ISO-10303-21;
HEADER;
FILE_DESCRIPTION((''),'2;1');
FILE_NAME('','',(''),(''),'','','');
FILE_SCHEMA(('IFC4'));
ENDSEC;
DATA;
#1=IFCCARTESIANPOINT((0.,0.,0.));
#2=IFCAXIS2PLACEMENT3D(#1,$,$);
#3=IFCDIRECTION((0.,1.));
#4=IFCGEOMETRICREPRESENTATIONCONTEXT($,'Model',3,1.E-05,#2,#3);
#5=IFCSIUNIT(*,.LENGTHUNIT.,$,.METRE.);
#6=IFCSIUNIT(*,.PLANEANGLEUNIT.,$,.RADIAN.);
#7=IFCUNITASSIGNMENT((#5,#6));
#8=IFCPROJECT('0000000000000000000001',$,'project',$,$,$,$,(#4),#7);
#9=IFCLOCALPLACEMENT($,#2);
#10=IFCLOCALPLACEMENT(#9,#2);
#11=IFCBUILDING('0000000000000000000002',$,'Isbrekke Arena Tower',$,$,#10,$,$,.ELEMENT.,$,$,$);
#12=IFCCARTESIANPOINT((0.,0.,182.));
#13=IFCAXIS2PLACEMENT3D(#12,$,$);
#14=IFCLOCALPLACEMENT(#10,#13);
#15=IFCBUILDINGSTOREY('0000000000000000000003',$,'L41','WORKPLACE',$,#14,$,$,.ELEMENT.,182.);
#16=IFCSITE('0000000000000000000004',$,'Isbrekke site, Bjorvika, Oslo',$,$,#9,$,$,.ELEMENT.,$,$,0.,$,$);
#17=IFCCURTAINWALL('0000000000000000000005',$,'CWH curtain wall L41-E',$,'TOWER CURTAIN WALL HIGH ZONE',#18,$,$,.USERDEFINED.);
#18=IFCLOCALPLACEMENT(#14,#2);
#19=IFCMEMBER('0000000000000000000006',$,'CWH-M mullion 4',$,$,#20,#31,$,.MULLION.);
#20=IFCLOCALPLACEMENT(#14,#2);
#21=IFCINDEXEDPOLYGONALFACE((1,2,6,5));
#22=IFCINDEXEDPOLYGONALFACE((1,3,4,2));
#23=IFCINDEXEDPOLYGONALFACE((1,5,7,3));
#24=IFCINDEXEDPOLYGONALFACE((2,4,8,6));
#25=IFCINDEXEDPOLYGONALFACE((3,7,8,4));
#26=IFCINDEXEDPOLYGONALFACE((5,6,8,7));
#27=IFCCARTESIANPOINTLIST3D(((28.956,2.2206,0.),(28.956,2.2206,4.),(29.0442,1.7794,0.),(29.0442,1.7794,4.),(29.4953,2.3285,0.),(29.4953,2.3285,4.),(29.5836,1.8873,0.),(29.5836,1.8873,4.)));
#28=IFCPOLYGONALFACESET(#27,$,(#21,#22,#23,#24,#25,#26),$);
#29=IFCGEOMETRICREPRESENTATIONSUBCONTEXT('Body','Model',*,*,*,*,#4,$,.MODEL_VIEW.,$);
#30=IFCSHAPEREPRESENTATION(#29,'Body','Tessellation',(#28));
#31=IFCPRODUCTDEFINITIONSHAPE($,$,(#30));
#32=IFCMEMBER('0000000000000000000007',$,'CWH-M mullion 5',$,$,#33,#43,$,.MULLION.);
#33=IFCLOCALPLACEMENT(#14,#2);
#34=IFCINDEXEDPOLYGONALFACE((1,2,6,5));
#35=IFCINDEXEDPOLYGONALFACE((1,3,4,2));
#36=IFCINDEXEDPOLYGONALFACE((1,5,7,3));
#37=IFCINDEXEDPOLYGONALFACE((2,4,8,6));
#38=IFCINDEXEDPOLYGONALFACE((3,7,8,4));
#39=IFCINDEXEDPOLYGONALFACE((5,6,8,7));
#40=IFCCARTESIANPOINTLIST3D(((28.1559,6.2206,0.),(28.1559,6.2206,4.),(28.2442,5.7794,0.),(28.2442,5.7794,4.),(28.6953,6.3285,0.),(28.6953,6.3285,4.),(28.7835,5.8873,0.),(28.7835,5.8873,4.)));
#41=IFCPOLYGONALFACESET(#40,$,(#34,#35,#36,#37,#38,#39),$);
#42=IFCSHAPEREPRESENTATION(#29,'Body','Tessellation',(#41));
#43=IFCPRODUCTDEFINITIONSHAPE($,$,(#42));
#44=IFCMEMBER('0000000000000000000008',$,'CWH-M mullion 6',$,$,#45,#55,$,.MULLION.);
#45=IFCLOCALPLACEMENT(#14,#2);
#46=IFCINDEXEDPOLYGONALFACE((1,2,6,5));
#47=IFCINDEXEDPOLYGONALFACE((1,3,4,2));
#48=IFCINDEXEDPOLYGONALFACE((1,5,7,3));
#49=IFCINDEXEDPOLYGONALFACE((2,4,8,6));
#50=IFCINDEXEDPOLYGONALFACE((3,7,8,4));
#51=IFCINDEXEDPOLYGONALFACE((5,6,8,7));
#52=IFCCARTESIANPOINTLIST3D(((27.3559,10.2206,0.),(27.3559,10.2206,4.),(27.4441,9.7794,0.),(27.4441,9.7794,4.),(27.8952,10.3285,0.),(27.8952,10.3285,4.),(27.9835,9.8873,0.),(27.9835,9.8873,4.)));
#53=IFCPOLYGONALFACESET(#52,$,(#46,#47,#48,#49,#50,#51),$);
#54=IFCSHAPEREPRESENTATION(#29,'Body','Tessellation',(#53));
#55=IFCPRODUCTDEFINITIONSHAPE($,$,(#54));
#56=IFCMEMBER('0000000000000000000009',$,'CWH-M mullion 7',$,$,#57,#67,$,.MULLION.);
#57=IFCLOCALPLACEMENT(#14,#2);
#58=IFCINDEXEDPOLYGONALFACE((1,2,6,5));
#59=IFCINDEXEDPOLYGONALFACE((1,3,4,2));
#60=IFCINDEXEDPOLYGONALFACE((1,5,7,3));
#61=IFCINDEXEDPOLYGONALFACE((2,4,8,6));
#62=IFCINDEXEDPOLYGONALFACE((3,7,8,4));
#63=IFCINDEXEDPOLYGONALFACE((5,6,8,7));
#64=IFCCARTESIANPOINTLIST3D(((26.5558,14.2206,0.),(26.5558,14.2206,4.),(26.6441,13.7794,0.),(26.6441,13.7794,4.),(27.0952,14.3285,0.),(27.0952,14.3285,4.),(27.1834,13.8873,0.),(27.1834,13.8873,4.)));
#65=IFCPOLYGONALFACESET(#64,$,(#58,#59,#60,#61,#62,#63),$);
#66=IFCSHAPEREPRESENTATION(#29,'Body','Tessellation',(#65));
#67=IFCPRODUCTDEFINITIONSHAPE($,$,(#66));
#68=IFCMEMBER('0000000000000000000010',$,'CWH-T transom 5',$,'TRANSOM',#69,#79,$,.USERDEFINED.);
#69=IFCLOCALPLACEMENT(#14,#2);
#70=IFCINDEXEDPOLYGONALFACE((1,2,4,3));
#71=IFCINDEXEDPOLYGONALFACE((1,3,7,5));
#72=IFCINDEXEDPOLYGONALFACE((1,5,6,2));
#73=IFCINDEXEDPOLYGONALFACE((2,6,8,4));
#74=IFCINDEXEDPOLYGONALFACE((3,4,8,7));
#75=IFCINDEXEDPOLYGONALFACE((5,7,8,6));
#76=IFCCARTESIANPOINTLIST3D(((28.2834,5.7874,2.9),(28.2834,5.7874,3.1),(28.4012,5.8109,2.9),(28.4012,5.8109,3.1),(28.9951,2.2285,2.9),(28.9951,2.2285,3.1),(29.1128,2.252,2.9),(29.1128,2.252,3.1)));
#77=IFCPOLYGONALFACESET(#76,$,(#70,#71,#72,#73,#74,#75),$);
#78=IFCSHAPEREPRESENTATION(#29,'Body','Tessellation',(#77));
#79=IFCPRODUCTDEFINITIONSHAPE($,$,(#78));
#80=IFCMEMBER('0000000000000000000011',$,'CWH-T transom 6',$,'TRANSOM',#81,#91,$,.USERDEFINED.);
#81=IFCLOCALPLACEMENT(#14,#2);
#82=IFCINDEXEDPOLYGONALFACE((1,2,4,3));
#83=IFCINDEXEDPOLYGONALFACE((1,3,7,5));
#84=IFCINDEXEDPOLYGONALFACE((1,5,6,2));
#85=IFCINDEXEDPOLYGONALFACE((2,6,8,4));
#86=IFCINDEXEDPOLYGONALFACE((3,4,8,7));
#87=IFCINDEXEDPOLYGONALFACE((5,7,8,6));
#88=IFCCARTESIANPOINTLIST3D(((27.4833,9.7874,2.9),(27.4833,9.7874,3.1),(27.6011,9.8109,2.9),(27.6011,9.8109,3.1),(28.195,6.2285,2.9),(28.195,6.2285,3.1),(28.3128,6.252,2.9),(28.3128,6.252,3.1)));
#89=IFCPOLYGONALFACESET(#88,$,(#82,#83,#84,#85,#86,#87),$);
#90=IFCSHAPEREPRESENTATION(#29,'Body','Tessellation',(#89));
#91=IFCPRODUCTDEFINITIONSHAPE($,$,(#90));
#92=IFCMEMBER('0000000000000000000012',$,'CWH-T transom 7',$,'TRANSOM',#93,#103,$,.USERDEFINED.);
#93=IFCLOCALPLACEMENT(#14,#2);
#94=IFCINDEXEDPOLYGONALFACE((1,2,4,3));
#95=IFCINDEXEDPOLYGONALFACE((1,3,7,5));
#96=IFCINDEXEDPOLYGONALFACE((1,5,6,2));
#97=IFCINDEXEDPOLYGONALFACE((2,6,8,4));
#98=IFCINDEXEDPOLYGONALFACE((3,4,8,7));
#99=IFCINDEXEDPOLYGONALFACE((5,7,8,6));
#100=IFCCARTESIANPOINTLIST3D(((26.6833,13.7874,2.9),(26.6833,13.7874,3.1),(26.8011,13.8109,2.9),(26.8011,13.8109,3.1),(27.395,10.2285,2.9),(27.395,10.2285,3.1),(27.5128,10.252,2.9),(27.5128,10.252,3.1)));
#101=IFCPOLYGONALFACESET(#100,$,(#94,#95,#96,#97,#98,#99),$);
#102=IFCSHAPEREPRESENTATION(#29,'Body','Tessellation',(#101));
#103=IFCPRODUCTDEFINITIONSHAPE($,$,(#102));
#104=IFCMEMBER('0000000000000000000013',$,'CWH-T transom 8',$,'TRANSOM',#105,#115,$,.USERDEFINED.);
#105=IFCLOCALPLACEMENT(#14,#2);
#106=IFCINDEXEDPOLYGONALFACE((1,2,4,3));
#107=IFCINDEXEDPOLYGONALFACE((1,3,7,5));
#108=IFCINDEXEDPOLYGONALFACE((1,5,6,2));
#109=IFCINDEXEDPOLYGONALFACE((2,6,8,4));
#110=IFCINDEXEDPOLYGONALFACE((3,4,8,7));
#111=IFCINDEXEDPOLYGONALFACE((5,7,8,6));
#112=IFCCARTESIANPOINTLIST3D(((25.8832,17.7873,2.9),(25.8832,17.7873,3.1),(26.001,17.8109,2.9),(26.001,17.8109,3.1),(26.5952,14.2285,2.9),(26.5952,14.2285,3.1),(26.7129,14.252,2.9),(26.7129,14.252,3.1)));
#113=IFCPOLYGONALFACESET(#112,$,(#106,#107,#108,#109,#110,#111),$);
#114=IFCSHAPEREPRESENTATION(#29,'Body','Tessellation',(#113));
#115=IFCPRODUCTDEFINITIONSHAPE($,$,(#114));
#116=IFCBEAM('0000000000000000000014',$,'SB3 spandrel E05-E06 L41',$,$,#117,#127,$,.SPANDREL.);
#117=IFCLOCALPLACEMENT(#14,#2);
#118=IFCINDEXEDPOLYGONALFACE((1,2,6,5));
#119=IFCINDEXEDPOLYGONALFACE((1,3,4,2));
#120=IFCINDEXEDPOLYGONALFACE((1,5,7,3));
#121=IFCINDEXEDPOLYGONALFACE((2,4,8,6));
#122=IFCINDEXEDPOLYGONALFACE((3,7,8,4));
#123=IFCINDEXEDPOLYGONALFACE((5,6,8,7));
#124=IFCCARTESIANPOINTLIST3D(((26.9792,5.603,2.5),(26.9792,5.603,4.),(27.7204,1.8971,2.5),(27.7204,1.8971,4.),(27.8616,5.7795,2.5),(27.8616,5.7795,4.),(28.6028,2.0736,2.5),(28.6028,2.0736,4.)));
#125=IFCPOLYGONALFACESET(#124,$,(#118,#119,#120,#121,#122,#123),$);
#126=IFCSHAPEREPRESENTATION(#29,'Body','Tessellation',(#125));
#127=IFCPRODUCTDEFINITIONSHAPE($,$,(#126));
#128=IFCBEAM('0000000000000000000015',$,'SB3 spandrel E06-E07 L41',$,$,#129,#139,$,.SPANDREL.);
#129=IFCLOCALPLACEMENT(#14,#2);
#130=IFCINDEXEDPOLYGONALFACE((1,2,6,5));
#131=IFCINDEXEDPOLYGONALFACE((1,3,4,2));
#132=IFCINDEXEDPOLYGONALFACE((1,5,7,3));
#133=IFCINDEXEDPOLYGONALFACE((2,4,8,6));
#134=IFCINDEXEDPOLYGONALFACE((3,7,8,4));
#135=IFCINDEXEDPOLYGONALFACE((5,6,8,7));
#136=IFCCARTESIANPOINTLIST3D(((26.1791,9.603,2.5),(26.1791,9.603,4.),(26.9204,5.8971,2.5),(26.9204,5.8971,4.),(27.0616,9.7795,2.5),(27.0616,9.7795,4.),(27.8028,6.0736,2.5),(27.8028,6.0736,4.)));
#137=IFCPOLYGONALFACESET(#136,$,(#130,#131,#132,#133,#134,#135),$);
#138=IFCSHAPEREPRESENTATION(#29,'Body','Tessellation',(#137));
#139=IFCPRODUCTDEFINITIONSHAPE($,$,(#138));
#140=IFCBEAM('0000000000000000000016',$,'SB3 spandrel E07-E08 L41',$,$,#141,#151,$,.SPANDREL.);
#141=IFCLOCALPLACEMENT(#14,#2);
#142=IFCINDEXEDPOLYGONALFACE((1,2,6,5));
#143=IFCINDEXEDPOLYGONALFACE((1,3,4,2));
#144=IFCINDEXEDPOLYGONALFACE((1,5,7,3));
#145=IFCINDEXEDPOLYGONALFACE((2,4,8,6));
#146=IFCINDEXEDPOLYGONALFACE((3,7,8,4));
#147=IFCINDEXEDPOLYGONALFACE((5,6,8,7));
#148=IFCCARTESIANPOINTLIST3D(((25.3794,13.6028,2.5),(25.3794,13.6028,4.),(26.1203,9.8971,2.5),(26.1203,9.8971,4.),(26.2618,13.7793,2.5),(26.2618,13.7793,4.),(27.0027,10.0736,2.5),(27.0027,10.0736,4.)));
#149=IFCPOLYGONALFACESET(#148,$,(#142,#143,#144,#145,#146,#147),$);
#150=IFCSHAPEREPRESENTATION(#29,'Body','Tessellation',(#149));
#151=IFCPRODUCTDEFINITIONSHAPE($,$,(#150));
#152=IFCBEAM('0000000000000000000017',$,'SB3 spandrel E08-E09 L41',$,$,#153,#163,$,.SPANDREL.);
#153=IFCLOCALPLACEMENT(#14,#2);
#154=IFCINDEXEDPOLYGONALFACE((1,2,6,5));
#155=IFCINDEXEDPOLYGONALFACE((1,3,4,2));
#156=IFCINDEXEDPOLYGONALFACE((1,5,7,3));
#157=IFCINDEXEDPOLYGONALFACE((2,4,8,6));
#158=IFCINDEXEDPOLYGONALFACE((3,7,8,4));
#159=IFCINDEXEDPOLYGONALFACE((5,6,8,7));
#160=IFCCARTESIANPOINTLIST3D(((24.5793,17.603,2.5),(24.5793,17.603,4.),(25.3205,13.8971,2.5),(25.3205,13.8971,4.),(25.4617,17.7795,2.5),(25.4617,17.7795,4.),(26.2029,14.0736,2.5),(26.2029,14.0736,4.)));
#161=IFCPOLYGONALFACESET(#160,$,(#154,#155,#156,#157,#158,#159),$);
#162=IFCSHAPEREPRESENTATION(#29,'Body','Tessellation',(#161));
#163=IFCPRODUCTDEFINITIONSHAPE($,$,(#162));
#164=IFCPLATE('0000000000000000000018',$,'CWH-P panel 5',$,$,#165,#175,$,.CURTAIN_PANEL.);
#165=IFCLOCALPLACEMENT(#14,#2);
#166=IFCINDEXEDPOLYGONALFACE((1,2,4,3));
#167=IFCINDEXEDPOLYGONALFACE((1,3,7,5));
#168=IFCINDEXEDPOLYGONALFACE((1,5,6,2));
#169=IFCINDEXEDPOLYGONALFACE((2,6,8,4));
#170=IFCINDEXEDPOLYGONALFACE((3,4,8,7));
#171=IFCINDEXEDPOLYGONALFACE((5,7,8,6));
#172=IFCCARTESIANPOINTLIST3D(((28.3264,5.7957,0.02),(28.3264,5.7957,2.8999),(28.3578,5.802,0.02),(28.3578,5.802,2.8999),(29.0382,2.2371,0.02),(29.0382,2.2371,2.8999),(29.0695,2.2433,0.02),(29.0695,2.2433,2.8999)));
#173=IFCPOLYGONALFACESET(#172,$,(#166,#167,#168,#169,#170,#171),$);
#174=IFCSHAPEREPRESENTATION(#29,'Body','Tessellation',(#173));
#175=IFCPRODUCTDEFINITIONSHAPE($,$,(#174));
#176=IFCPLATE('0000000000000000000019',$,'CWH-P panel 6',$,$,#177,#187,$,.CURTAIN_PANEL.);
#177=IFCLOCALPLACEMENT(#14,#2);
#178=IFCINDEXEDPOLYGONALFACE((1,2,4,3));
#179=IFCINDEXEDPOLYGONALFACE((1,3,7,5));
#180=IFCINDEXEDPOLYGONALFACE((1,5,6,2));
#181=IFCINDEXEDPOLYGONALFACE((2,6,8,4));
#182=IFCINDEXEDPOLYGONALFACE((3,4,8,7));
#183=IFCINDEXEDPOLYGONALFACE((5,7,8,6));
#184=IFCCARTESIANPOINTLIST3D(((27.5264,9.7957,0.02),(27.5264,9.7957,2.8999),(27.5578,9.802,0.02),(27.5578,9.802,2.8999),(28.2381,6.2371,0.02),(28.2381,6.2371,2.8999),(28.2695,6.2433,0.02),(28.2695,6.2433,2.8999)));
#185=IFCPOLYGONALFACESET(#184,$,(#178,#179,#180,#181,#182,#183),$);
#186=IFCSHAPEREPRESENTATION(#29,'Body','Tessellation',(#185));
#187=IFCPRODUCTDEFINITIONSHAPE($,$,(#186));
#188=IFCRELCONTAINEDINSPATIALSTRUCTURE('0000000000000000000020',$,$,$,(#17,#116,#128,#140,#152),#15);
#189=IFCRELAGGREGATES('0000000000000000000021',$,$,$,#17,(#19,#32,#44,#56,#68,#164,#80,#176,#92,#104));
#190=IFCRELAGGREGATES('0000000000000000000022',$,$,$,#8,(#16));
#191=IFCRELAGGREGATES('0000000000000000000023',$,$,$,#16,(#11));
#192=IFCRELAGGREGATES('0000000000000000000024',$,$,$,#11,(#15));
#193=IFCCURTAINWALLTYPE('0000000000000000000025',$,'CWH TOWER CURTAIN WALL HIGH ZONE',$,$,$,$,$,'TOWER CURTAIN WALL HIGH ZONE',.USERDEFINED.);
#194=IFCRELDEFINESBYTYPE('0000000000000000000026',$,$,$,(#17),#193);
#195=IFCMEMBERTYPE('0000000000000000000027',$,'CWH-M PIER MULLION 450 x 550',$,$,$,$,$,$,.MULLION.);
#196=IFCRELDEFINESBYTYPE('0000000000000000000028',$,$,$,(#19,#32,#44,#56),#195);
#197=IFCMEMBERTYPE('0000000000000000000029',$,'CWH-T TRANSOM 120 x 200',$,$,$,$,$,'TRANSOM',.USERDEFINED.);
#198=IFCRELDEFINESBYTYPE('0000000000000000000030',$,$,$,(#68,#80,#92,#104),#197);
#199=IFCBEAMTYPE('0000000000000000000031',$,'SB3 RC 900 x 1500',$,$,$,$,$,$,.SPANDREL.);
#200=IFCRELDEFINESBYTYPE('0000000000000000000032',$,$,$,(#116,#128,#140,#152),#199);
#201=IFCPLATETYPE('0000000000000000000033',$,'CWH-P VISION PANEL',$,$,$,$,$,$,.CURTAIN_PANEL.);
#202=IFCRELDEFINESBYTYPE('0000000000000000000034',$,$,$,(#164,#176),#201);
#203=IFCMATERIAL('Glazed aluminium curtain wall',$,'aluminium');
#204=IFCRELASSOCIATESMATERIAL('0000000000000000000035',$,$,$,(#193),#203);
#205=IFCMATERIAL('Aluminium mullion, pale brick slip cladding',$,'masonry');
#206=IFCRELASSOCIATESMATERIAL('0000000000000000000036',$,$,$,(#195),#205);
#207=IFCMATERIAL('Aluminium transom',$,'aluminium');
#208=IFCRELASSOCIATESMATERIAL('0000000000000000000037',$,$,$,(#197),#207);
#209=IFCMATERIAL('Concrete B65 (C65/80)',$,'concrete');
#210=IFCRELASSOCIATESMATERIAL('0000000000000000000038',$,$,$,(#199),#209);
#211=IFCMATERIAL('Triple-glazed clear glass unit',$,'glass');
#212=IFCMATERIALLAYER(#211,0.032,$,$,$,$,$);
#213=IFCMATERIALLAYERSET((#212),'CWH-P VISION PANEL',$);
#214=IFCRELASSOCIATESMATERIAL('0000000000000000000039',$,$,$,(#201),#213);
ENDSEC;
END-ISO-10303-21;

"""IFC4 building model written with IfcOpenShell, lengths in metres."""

from ifc_helpers import new_model, si_unit, direction, frame, origin, origin_2d, place, context, subcontext, project, spatial, rectangle, extrude, material, layer, layer_set, material_profile, profile_set, type_object, element, aggregate, save


model = new_model("IFC4")

# Units and contexts
model_context = context("Model", 3, precision=1e-05, world=origin(), true_north=direction((0.0, 1.0)))
body_context = subcontext(model_context, "Body", "Model", "MODEL_VIEW")
ifc_project = project(units=[si_unit("LENGTHUNIT", "METRE"), si_unit("PLANEANGLEUNIT", "RADIAN")], contexts=[model_context])

# Site, building, storey
site_placement = place(None, origin())
site = spatial("IfcSite", under=ifc_project, at=site_placement, Name="Isbrekke site, Bjorvika, Oslo", CompositionType="ELEMENT", RefElevation=0.0)
building_placement = place(site_placement, origin())
building = spatial("IfcBuilding", under=site, at=building_placement, Name="Isbrekke Arena Tower", CompositionType="ELEMENT")
storey_placement = place(building_placement, frame((0.0, 0.0, 182.0)))
storey = spatial("IfcBuildingStorey", under=building, at=storey_placement, Name="L41", Description="WORKPLACE", CompositionType="ELEMENT", Elevation=182.0)

# Curtain wall, members
ifc_material_1 = material(Name="Glazed aluminium curtain wall", Category="aluminium")
curtain_wall_type = type_object("IfcCurtainWallType", Name="CWH TOWER CURTAIN WALL HIGH ZONE", ElementType="TOWER CURTAIN WALL HIGH ZONE", PredefinedType="USERDEFINED", material=ifc_material_1)
curtain_wall_placement = place(storey_placement, origin())
curtain_wall = element("IfcCurtainWall", 1, at=curtain_wall_placement, inside=storey, type_object=curtain_wall_type, Name="CWH curtain wall L41-E", ObjectType="TOWER CURTAIN WALL HIGH ZONE", PredefinedType="USERDEFINED")
ifc_material_2 = material(Name="Aluminium mullion, pale brick slip cladding", Category="masonry")
ifc_material_profile_1 = material_profile(ifc_material_2, rectangle(XDim=0.45, YDim=0.55, at=origin_2d()), Name="PIER 450X550")
ifc_profile_set_1 = profile_set([ifc_material_profile_1], Name="Aluminium mullion, pale brick slip cladding")
member_type_1 = type_object("IfcMemberType", Name="CWH-M PIER MULLION 450 x 550", PredefinedType="MULLION", material=ifc_profile_set_1)
member_1_placement = place(storey_placement, frame((29.2698, 2.054, 0.0), z_axis=(0.0, 0.0, 1.0), x_axis=(-0.196116, 0.980581, 0.0)))
member_1 = element("IfcMember", 2, at=member_1_placement, type_object=member_type_1, Name="CWH-M mullion 4", PredefinedType="MULLION", context=body_context, shape_type="SweptSolid", body=[
    extrude(rectangle(XDim=0.45, YDim=0.55, at=origin_2d()), origin(), (0.0, 0.0, 1.0), 4.0),
])
member_2_placement = place(storey_placement, frame((28.4697, 6.054, 0.0), z_axis=(0.0, 0.0, 1.0), x_axis=(-0.196116, 0.980581, 0.0)))
member_2 = element("IfcMember", 3, at=member_2_placement, type_object=member_type_1, Name="CWH-M mullion 5", PredefinedType="MULLION", context=body_context, shape_type="SweptSolid", body=[
    extrude(rectangle(XDim=0.45, YDim=0.55, at=origin_2d()), origin(), (0.0, 0.0, 1.0), 4.0),
])
member_3_placement = place(storey_placement, frame((27.6697, 10.054, 0.0), z_axis=(0.0, 0.0, 1.0), x_axis=(-0.196116, 0.980581, 0.0)))
member_3 = element("IfcMember", 4, at=member_3_placement, type_object=member_type_1, Name="CWH-M mullion 6", PredefinedType="MULLION", context=body_context, shape_type="SweptSolid", body=[
    extrude(rectangle(XDim=0.45, YDim=0.55, at=origin_2d()), origin(), (0.0, 0.0, 1.0), 4.0),
])
member_4_placement = place(storey_placement, frame((26.8696, 14.054, 0.0), z_axis=(0.0, 0.0, 1.0), x_axis=(-0.196116, 0.980581, 0.0)))
member_4 = element("IfcMember", 5, at=member_4_placement, type_object=member_type_1, Name="CWH-M mullion 7", PredefinedType="MULLION", context=body_context, shape_type="SweptSolid", body=[
    extrude(rectangle(XDim=0.45, YDim=0.55, at=origin_2d()), origin(), (0.0, 0.0, 1.0), 4.0),
])
ifc_material_3 = material(Name="Aluminium transom", Category="aluminium")
ifc_material_profile_2 = material_profile(ifc_material_3, rectangle(XDim=0.1201, YDim=0.2, at=origin_2d()), Name="TRANSOM 120X200")
ifc_profile_set_2 = profile_set([ifc_material_profile_2], Name="Aluminium transom")
member_type_2 = type_object("IfcMemberType", Name="CWH-T TRANSOM 120 x 200", ElementType="TRANSOM", PredefinedType="USERDEFINED", material=ifc_profile_set_2)
member_5_placement = place(storey_placement, frame((29.054, 2.2402, 3.0), z_axis=(-0.19609, 0.980586, 0.0), x_axis=(-0.980586, -0.19609, 0.0)))
member_5 = element("IfcMember", 6, at=member_5_placement, type_object=member_type_2, Name="CWH-T transom 5", ObjectType="TRANSOM", PredefinedType="USERDEFINED", context=body_context, shape_type="SweptSolid", body=[
    extrude(rectangle(XDim=0.1201, YDim=0.2, at=origin_2d()), origin(), (0.0, 0.0, 1.0), 3.6294),
])
member_6_placement = place(storey_placement, frame((28.2539, 6.2402, 3.0), z_axis=(-0.19609, 0.980586, 0.0), x_axis=(-0.980586, -0.19609, 0.0)))
member_6 = element("IfcMember", 7, at=member_6_placement, type_object=member_type_2, Name="CWH-T transom 6", ObjectType="TRANSOM", PredefinedType="USERDEFINED", context=body_context, shape_type="SweptSolid", body=[
    extrude(rectangle(XDim=0.1201, YDim=0.2, at=origin_2d()), origin(), (0.0, 0.0, 1.0), 3.6294),
])
member_7_placement = place(storey_placement, frame((27.4539, 10.2402, 3.0), z_axis=(-0.19609, 0.980586, 0.0), x_axis=(-0.980586, -0.19609, 0.0)))
member_7 = element("IfcMember", 8, at=member_7_placement, type_object=member_type_2, Name="CWH-T transom 7", ObjectType="TRANSOM", PredefinedType="USERDEFINED", context=body_context, shape_type="SweptSolid", body=[
    extrude(rectangle(XDim=0.1201, YDim=0.2, at=origin_2d()), origin(), (0.0, 0.0, 1.0), 3.6294),
])
member_8_placement = place(storey_placement, frame((26.6541, 14.2402, 3.0), z_axis=(-0.196155, 0.980573, 0.0), x_axis=(-0.980573, -0.196155, 0.0)))
member_8 = element("IfcMember", 9, at=member_8_placement, type_object=member_type_2, Name="CWH-T transom 8", ObjectType="TRANSOM", PredefinedType="USERDEFINED", context=body_context, shape_type="SweptSolid", body=[
    extrude(rectangle(XDim=0.1201, YDim=0.2, at=origin_2d()), origin(), (0.0, 0.0, 1.0), 3.6294),
])

# Beams
ifc_material_4 = material(Name="Concrete B65 (C65/80)", Category="concrete")
ifc_material_profile_3 = material_profile(ifc_material_4, rectangle(XDim=0.8999, YDim=1.5, at=origin_2d()), Name="RC 900x1500")
ifc_profile_set_3 = profile_set([ifc_material_profile_3], Name="Concrete B65 (C65/80)")
beam_type_1 = type_object("IfcBeamType", Name="SB3 RC 900 x 1500", PredefinedType="SPANDREL", material=ifc_profile_set_3)
for number, where, z_axis, x_axis, name in (
    (10, (28.1616, 1.9854, 3.25), (-0.196129, 0.980578, 0.0), (-0.980578, -0.196129, 0.0), "SB3 spandrel E05-E06 L41"),
    (11, (27.3616, 5.9854, 3.25), (-0.196129, 0.980578, 0.0), (-0.980578, -0.196129, 0.0), "SB3 spandrel E06-E07 L41"),
):
    element("IfcBeam", number, at=place(storey_placement, frame(where, z_axis=z_axis, x_axis=x_axis)), inside=storey, type_object=beam_type_1, Name=name, PredefinedType="SPANDREL", context=body_context, shape_type="SweptSolid", body=[
        extrude(rectangle(XDim=0.8999, YDim=1.5, at=origin_2d()), origin(), (0.0, 0.0, 1.0), 3.7793),
    ])
beam_1_placement = place(storey_placement, frame((26.5615, 9.9854, 3.25), z_axis=(-0.196066, 0.980591, 0.0), x_axis=(-0.980591, -0.196066, 0.0)))
element("IfcBeam", 12, at=beam_1_placement, inside=storey, type_object=beam_type_1, Name="SB3 spandrel E07-E08 L41", PredefinedType="SPANDREL", context=body_context, shape_type="SweptSolid", body=[
    extrude(rectangle(XDim=0.8999, YDim=1.5, at=origin_2d()), origin(), (0.0, 0.0, 1.0), 3.7791),
])
beam_2_placement = place(storey_placement, frame((25.7617, 13.9854, 3.25), z_axis=(-0.196129, 0.980578, 0.0), x_axis=(-0.980578, -0.196129, 0.0)))
element("IfcBeam", 13, at=beam_2_placement, inside=storey, type_object=beam_type_1, Name="SB3 spandrel E08-E09 L41", PredefinedType="SPANDREL", context=body_context, shape_type="SweptSolid", body=[
    extrude(rectangle(XDim=0.8999, YDim=1.5, at=origin_2d()), origin(), (0.0, 0.0, 1.0), 3.7793),
])

# Plates
ifc_material_5 = material(Name="Triple-glazed clear glass unit", Category="glass")
ifc_layer_1 = layer(ifc_material_5, 0.032)
ifc_layer_set_1 = layer_set([ifc_layer_1], Name="CWH-P VISION PANEL")
plate_type = type_object("IfcPlateType", Name="CWH-P VISION PANEL", PredefinedType="CURTAIN_PANEL", material=ifc_layer_set_1)
plate_1_placement = place(storey_placement, frame((28.698, 4.0195, 0.02), z_axis=(0.0, 0.0, 1.0), x_axis=(-0.196116, 0.980581, 0.0)))
plate_1 = element("IfcPlate", 14, at=plate_1_placement, type_object=plate_type, Name="CWH-P panel 5", PredefinedType="CURTAIN_PANEL", context=body_context, shape_type="SweptSolid", body=[
    extrude(rectangle(XDim=3.6292, YDim=0.032, at=origin_2d()), origin(), (0.0, 0.0, 1.0), 2.8799),
])
plate_2_placement = place(storey_placement, frame((27.8979, 8.0195, 0.02), z_axis=(0.0, 0.0, 1.0), x_axis=(-0.196116, 0.980581, 0.0)))
plate_2 = element("IfcPlate", 15, at=plate_2_placement, type_object=plate_type, Name="CWH-P panel 6", PredefinedType="CURTAIN_PANEL", context=body_context, shape_type="SweptSolid", body=[
    extrude(rectangle(XDim=3.6292, YDim=0.032, at=origin_2d()), origin(), (0.0, 0.0, 1.0), 2.8799),
])
aggregate(curtain_wall, [member_1, member_2, member_3, member_4, member_5, plate_1, member_6, plate_2, member_7, member_8])

save(model, "model.ifc")
